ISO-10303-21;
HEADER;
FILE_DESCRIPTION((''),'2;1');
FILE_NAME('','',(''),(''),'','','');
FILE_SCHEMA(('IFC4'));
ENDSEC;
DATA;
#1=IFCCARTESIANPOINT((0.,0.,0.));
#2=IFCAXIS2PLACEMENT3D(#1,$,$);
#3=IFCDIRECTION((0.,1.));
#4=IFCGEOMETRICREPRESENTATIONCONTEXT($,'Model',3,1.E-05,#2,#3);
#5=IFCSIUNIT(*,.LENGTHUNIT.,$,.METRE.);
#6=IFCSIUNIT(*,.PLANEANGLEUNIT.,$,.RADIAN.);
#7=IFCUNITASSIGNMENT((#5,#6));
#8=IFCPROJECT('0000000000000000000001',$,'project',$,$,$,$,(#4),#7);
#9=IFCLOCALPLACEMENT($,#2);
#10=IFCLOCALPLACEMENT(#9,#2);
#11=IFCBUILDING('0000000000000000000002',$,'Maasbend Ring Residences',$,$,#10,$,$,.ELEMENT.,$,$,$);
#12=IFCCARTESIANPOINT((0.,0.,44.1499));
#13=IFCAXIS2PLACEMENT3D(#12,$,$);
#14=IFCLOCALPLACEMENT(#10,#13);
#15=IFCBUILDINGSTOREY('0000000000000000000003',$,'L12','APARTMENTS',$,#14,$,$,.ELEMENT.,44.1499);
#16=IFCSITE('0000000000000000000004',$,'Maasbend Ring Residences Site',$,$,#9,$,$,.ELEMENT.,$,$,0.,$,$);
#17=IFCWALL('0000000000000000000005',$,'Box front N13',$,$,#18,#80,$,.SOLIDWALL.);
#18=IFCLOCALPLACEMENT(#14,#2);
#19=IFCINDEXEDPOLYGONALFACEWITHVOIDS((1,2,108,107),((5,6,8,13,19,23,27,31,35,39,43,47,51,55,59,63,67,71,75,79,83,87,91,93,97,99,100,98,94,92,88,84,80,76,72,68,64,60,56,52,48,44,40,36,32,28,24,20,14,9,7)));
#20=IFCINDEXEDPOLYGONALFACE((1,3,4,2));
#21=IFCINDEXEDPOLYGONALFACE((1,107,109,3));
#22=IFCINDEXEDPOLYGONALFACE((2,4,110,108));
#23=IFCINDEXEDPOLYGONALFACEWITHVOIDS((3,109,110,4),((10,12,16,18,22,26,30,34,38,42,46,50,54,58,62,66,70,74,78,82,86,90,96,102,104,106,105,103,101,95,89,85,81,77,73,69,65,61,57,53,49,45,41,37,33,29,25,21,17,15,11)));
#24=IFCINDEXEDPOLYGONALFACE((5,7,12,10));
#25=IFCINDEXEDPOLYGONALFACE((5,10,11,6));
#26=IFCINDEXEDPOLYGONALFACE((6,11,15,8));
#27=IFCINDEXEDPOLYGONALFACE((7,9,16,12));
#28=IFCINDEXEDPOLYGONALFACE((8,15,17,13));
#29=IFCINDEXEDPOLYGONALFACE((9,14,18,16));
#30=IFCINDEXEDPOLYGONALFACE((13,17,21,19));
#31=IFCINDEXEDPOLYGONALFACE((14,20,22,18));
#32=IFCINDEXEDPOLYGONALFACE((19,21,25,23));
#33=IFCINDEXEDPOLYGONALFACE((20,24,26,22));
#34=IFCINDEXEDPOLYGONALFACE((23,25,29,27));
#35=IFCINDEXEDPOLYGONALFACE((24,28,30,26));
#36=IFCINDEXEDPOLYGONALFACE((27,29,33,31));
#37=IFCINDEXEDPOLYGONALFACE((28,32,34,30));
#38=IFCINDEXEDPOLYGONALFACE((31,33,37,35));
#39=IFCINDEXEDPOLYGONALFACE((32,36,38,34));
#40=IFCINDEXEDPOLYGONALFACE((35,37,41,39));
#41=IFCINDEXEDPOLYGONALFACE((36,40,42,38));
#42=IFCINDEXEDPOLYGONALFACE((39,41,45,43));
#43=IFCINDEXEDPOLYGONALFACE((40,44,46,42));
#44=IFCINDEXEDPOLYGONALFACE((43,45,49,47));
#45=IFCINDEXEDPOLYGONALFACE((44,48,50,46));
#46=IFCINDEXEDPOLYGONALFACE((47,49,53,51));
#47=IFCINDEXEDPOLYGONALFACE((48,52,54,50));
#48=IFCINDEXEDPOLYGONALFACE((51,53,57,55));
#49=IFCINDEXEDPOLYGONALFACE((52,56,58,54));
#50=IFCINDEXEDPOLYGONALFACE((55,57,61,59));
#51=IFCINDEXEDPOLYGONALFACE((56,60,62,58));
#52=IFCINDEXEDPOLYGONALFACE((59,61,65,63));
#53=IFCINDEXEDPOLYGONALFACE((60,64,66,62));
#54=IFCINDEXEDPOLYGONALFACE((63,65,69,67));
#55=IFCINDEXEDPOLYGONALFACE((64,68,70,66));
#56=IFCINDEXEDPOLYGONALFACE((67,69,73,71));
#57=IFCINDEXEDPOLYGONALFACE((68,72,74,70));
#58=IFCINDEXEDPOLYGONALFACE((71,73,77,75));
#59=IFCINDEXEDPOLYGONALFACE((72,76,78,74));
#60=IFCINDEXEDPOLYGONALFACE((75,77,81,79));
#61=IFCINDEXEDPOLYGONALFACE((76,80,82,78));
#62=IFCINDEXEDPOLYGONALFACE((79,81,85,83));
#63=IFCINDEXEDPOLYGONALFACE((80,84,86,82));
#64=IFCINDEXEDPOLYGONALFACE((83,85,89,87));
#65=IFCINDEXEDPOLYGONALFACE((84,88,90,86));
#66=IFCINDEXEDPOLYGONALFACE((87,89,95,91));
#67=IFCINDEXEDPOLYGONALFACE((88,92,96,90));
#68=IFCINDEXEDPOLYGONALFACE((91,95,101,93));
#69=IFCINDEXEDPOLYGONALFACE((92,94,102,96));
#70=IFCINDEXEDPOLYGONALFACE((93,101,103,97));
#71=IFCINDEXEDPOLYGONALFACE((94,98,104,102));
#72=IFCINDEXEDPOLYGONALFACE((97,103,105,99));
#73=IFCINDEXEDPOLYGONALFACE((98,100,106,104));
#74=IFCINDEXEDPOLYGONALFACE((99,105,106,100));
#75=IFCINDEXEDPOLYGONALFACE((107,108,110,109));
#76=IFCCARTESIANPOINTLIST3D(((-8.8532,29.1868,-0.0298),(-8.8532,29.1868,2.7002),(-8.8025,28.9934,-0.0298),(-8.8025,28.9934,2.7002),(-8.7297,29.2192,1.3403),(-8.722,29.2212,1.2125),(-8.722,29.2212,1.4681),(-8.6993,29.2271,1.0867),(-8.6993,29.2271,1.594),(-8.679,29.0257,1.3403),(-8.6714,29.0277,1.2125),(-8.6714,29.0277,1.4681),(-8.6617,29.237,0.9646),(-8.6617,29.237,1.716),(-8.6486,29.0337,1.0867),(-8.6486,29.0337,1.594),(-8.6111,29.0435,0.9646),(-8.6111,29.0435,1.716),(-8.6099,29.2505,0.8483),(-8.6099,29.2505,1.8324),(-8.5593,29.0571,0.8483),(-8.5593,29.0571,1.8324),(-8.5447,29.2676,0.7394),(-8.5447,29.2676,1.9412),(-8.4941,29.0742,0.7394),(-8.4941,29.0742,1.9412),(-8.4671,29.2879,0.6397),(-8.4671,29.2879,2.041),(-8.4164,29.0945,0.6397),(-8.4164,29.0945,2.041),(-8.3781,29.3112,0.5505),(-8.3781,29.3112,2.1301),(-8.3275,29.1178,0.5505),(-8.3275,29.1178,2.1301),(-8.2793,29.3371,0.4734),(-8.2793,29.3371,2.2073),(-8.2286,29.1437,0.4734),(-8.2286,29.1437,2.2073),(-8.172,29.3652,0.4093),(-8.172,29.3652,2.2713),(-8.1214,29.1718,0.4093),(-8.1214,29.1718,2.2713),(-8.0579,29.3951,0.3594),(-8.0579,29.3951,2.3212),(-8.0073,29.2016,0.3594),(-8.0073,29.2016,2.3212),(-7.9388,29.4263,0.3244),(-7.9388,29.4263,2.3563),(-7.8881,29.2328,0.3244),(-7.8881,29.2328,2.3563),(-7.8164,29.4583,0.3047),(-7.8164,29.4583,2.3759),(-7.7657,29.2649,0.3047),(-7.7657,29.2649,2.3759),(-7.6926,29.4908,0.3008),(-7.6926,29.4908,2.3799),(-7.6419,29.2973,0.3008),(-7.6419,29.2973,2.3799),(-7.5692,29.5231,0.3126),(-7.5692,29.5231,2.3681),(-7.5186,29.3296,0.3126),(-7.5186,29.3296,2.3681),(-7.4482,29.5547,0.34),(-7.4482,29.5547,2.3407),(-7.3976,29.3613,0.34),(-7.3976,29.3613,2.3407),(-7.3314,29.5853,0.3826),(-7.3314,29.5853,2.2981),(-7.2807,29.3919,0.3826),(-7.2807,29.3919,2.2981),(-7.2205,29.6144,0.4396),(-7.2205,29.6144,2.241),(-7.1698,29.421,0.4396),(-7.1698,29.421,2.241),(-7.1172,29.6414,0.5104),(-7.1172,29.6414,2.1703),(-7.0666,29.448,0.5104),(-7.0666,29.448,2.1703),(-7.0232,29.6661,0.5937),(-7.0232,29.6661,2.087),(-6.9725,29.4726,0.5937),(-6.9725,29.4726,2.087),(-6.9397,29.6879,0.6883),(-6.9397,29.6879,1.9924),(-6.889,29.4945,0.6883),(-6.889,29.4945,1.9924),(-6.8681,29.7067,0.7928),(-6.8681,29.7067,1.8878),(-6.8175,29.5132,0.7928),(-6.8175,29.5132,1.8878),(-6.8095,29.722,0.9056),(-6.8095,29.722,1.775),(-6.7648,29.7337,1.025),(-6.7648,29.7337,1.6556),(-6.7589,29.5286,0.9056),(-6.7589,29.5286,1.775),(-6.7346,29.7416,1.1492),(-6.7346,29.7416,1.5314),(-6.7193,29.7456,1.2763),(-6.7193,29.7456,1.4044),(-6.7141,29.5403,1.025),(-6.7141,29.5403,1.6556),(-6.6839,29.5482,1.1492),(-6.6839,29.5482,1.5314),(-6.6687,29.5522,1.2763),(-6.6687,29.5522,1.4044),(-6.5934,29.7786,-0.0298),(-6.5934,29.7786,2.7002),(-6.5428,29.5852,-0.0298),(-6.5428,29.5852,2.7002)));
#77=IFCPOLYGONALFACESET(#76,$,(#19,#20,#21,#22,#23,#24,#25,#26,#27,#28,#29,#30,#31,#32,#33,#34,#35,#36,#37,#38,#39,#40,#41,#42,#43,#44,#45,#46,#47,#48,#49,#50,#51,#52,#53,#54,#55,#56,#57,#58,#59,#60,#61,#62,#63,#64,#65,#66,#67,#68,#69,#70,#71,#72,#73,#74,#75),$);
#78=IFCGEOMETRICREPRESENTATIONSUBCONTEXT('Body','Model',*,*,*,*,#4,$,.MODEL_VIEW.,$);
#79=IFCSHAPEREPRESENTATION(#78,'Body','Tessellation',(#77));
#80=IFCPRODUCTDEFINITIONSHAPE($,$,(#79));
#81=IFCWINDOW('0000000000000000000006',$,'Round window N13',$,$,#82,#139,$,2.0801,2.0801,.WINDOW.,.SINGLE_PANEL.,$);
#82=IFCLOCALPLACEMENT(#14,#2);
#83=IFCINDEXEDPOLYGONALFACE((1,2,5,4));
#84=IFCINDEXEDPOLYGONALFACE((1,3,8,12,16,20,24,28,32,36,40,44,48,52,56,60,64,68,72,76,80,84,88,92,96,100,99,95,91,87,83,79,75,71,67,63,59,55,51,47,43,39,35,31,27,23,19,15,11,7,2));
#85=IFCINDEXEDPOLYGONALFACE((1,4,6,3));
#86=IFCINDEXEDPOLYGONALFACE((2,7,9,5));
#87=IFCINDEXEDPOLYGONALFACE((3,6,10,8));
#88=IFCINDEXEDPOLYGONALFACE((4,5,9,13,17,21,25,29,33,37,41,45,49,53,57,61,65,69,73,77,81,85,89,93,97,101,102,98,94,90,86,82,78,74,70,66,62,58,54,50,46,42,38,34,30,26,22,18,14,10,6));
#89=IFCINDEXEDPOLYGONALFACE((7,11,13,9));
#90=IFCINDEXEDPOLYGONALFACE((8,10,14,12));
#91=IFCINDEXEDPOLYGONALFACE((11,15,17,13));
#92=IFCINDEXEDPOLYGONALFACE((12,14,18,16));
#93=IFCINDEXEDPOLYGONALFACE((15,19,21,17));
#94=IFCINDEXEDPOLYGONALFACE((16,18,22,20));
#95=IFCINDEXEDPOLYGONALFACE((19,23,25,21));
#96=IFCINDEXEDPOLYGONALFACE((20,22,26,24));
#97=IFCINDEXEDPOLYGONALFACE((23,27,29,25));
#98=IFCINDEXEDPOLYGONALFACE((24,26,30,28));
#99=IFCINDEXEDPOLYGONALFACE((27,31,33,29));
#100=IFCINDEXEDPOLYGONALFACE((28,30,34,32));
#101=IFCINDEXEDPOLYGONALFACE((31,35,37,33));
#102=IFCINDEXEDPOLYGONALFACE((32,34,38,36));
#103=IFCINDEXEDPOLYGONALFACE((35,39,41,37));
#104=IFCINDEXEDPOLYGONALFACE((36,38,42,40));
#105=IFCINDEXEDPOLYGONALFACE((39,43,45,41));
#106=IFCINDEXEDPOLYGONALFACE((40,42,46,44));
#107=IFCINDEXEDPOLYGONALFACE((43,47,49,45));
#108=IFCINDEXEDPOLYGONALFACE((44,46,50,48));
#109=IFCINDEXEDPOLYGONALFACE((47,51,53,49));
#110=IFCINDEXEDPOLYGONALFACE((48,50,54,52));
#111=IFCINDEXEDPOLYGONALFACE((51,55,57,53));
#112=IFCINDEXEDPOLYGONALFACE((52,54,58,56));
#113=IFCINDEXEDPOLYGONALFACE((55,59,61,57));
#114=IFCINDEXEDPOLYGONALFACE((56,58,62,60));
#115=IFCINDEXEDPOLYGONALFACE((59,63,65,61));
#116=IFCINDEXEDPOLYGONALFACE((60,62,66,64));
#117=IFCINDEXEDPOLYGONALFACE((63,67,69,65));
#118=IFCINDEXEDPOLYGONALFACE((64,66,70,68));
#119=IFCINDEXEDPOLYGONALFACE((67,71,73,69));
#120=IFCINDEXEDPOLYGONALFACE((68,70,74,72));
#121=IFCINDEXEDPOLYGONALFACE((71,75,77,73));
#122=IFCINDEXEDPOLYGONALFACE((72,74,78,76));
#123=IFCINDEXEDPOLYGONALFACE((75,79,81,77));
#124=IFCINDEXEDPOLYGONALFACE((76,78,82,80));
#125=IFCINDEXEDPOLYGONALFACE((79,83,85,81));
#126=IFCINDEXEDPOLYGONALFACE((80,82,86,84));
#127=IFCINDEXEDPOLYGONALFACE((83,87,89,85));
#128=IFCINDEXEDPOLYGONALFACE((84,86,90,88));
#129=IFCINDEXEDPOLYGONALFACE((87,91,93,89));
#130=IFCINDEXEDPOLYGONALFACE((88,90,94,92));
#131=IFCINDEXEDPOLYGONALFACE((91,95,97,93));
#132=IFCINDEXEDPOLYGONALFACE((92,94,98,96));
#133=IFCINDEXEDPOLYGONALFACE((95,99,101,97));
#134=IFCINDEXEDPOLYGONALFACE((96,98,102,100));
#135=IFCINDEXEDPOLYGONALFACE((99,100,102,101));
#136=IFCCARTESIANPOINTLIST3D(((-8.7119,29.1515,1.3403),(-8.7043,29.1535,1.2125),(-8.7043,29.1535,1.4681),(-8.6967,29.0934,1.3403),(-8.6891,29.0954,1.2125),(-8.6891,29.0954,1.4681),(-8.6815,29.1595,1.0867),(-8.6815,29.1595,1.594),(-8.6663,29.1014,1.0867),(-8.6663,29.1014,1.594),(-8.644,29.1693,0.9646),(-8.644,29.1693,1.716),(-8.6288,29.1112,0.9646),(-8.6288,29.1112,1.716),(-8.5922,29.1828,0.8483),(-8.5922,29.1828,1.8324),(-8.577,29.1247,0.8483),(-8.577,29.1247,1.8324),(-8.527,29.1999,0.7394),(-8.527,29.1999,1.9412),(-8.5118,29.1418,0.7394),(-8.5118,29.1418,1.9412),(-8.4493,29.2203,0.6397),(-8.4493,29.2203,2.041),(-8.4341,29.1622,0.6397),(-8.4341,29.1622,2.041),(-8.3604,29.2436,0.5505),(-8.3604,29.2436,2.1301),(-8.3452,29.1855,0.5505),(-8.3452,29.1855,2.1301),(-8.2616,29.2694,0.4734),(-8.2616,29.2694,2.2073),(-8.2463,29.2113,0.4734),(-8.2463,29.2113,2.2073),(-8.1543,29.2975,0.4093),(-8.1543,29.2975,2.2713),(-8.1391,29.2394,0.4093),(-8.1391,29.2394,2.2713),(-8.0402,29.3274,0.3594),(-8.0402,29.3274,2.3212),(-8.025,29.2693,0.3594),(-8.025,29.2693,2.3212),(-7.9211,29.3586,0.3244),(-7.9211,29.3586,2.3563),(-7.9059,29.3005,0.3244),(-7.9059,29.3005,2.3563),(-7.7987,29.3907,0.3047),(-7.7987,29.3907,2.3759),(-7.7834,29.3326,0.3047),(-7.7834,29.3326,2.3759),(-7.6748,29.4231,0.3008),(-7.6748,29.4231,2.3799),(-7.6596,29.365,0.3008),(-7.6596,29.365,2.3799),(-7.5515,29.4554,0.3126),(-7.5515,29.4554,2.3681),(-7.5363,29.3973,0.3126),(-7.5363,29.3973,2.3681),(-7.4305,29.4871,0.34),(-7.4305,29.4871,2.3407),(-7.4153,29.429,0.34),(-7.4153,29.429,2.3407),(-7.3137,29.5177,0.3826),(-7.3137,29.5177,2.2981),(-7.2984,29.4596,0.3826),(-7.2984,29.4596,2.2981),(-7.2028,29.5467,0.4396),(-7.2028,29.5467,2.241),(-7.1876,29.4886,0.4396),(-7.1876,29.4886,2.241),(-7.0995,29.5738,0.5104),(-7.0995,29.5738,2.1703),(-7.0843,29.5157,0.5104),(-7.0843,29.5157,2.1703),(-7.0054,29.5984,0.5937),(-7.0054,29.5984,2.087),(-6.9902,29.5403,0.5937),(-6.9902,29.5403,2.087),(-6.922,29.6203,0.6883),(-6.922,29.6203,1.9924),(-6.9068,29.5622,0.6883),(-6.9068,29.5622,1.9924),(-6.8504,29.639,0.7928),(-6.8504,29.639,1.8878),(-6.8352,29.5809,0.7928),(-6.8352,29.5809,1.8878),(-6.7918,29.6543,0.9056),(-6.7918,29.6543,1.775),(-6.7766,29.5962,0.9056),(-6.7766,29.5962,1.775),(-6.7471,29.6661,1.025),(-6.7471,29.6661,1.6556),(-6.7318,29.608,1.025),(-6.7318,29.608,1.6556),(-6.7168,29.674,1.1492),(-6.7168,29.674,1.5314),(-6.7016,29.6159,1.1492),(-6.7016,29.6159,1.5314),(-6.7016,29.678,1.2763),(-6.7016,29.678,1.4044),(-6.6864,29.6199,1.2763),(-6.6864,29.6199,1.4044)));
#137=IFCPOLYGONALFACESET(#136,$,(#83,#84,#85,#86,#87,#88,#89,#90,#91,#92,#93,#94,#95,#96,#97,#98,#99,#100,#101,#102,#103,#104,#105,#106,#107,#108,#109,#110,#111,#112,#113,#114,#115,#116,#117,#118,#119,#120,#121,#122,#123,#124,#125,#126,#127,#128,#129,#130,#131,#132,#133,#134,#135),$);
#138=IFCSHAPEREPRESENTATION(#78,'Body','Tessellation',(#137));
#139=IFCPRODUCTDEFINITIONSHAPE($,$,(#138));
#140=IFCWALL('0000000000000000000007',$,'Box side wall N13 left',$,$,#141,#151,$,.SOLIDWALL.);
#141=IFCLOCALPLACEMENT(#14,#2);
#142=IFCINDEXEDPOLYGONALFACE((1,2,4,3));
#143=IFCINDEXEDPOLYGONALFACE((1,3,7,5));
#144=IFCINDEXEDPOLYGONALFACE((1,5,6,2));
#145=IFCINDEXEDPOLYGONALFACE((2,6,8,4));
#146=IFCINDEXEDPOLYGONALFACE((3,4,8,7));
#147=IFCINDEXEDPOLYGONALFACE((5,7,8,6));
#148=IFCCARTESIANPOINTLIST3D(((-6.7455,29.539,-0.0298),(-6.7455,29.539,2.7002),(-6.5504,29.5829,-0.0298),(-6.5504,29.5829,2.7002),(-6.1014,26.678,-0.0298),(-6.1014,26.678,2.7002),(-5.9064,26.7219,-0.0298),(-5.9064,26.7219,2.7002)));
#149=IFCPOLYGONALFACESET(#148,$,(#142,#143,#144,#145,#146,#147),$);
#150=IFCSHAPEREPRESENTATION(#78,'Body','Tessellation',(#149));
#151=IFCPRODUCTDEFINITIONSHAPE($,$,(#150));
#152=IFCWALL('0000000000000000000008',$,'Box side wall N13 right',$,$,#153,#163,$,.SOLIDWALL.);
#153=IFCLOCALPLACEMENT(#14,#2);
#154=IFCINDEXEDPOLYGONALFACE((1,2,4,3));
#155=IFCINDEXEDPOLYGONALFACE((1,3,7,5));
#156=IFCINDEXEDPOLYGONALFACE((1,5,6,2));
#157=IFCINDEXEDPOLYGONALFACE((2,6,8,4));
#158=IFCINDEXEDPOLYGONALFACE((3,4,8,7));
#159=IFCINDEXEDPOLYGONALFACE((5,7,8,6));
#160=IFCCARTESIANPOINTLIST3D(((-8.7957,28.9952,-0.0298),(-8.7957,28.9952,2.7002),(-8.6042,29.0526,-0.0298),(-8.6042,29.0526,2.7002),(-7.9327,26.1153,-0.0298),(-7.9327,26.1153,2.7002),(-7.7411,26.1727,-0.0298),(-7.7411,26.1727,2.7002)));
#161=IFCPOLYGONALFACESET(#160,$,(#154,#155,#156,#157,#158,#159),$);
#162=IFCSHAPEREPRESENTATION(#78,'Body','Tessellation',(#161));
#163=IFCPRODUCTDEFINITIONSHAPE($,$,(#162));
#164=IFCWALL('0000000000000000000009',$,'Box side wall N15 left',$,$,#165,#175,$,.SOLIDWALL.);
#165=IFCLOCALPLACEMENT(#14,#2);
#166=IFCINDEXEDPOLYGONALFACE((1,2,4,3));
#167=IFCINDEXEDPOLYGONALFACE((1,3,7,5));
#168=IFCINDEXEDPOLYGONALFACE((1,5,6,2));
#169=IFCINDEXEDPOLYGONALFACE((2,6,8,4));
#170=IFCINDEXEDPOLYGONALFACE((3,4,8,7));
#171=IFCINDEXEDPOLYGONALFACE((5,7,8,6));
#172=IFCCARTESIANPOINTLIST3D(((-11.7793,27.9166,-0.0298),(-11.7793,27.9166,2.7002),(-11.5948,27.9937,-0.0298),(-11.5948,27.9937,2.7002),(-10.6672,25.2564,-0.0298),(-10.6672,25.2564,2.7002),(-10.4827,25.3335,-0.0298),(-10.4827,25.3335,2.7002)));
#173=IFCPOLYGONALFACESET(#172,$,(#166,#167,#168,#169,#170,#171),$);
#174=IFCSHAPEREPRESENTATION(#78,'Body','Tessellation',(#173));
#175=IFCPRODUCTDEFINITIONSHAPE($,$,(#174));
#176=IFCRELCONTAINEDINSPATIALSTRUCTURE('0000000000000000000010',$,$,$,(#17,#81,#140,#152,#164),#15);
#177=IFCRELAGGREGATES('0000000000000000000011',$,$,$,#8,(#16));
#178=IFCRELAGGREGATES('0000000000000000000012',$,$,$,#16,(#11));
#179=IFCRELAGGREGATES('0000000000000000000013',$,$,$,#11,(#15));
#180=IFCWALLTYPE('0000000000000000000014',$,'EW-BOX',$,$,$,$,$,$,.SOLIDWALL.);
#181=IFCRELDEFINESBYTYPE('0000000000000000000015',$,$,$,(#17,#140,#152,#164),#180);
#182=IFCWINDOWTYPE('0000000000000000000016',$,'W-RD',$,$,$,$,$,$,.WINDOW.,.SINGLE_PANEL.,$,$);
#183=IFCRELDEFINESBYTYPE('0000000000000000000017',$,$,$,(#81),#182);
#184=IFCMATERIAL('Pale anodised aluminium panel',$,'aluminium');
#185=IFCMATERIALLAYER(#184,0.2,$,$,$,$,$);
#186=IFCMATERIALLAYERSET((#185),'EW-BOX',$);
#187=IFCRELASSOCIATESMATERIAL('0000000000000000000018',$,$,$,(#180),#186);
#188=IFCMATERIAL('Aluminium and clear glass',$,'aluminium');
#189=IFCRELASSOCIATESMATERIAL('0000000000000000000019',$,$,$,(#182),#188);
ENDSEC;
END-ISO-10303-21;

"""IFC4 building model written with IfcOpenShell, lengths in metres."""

from ifc_helpers import new_model, si_unit, direction, frame, frame_2d, origin, place, context, subcontext, project, spatial, rectangle, circle, extrude, material, layer, layer_set, type_object, element, fill, save


model = new_model("IFC4")

# Units and contexts
model_context = context("Model", 3, precision=1e-05, world=origin(), true_north=direction((0.0, 1.0)))
body_context = subcontext(model_context, "Body", "Model", "MODEL_VIEW")
ifc_project = project(units=[si_unit("LENGTHUNIT", "METRE"), si_unit("PLANEANGLEUNIT", "RADIAN")], contexts=[model_context])

# Site, building, storey
site_placement = place(None, origin())
site = spatial("IfcSite", under=ifc_project, at=site_placement, Name="Maasbend Ring Residences Site", CompositionType="ELEMENT", RefElevation=0.0)
building_placement = place(site_placement, origin())
building = spatial("IfcBuilding", under=site, at=building_placement, Name="Maasbend Ring Residences", CompositionType="ELEMENT")
storey_placement = place(building_placement, frame((0.0, 0.0, 44.1499)))
storey = spatial("IfcBuildingStorey", under=building, at=storey_placement, Name="L12", Description="APARTMENTS", CompositionType="ELEMENT", Elevation=44.1499)

# Shared definitions
ifc_material_1 = material(Name="Pale anodised aluminium panel", Category="aluminium")
ifc_layer_1 = layer(ifc_material_1, 0.2)
ifc_layer_set_1 = layer_set([ifc_layer_1], Name="EW-BOX")
wall_type_1 = type_object("IfcWallType", Name="EW-BOX", PredefinedType="SOLIDWALL", material=ifc_layer_set_1)

# Wall, opening, window
wall_1_placement = place(storey_placement, frame((-6.5681, 29.6819, -0.0298), z_axis=(0.0, 0.0, 1.0), x_axis=(-0.967377, -0.253341, 0.0)))
wall_1 = element("IfcWall", 1, at=wall_1_placement, inside=storey, type_object=wall_type_1, Name="Box front N13", PredefinedType="SOLIDWALL", context=body_context, shape_type="SweptSolid", body=[
    extrude(rectangle(XDim=2.3359, YDim=0.2, at=frame_2d((1.168, 0.0))), origin(), (0.0, 0.0, 1.0), 2.73),
])
opening_1_placement = place(wall_1_placement, frame((0.1282, 0.0, 0.3301)))
opening_1 = element("IfcOpeningElement", 2, at=opening_1_placement, cuts=wall_1, PredefinedType="OPENING", context=body_context, shape_type="SweptSolid", body=[
    extrude(circle(Radius=1.04, at=frame_2d((1.04, 1.04))), frame((0.0, 0.1099, 0.0), z_axis=(0.0, -1.0, 0.0), x_axis=(1.0, 0.0, 0.0)), (0.0, 0.0, 1.0), 0.22),
])
ifc_material_2 = material(Name="Aluminium and clear glass", Category="aluminium")
window_type_1 = type_object("IfcWindowType", Name="W-RD", PartitioningType="SINGLE_PANEL", PredefinedType="WINDOW", material=ifc_material_2)
window_1_placement = place(opening_1_placement, origin())
window_1 = element("IfcWindow", 3, at=window_1_placement, inside=storey, type_object=window_type_1, Name="Round window N13", OverallHeight=2.0801, OverallWidth=2.0801, PartitioningType="SINGLE_PANEL", PredefinedType="WINDOW", context=body_context, shape_type="SweptSolid", body=[
    extrude(circle(Radius=1.04, at=frame_2d((1.04, 1.04))), frame((0.0, 0.03, 0.0), z_axis=(0.0, -1.0, 0.0), x_axis=(1.0, 0.0, 0.0)), (0.0, 0.0, 1.0), 0.0601),
])
fill(opening_1, window_1)

# Walls
wall_2_placement = place(storey_placement, frame((-6.0039, 26.7, -0.0298), z_axis=(0.0, 0.0, 1.0), x_axis=(-0.219609, 0.975588, 0.0)))
element("IfcWall", 4, at=wall_2_placement, inside=storey, type_object=wall_type_1, Name="Box side wall N13 left", PredefinedType="SOLIDWALL", context=body_context, shape_type="SweptSolid", body=[
    extrude(rectangle(XDim=2.9326, YDim=0.2, at=frame_2d((1.4663, 0.0))), origin(), (0.0, 0.0, 1.0), 2.73),
])
wall_3_placement = place(storey_placement, frame((-7.8369, 26.144, -0.0298), z_axis=(0.0, 0.0, 1.0), x_axis=(-0.287065, 0.957911, 0.0)))
element("IfcWall", 5, at=wall_3_placement, inside=storey, type_object=wall_type_1, Name="Box side wall N13 right", PredefinedType="SOLIDWALL", context=body_context, shape_type="SweptSolid", body=[
    extrude(rectangle(XDim=3.0063, YDim=0.2, at=frame_2d((1.5032, 0.0))), origin(), (0.0, 0.0, 1.0), 2.73),
])
wall_4_placement = place(storey_placement, frame((-10.575, 25.2949, -0.0298), z_axis=(0.0, 0.0, 1.0), x_axis=(-0.385697, 0.922625, 0.0)))
element("IfcWall", 6, at=wall_4_placement, inside=storey, type_object=wall_type_1, Name="Box side wall N15 left", PredefinedType="SOLIDWALL", context=body_context, shape_type="SweptSolid", body=[
    extrude(rectangle(XDim=2.8833, YDim=0.2, at=frame_2d((1.4417, 0.0))), origin(), (0.0, 0.0, 1.0), 2.73),
])

save(model, "model.ifc")
